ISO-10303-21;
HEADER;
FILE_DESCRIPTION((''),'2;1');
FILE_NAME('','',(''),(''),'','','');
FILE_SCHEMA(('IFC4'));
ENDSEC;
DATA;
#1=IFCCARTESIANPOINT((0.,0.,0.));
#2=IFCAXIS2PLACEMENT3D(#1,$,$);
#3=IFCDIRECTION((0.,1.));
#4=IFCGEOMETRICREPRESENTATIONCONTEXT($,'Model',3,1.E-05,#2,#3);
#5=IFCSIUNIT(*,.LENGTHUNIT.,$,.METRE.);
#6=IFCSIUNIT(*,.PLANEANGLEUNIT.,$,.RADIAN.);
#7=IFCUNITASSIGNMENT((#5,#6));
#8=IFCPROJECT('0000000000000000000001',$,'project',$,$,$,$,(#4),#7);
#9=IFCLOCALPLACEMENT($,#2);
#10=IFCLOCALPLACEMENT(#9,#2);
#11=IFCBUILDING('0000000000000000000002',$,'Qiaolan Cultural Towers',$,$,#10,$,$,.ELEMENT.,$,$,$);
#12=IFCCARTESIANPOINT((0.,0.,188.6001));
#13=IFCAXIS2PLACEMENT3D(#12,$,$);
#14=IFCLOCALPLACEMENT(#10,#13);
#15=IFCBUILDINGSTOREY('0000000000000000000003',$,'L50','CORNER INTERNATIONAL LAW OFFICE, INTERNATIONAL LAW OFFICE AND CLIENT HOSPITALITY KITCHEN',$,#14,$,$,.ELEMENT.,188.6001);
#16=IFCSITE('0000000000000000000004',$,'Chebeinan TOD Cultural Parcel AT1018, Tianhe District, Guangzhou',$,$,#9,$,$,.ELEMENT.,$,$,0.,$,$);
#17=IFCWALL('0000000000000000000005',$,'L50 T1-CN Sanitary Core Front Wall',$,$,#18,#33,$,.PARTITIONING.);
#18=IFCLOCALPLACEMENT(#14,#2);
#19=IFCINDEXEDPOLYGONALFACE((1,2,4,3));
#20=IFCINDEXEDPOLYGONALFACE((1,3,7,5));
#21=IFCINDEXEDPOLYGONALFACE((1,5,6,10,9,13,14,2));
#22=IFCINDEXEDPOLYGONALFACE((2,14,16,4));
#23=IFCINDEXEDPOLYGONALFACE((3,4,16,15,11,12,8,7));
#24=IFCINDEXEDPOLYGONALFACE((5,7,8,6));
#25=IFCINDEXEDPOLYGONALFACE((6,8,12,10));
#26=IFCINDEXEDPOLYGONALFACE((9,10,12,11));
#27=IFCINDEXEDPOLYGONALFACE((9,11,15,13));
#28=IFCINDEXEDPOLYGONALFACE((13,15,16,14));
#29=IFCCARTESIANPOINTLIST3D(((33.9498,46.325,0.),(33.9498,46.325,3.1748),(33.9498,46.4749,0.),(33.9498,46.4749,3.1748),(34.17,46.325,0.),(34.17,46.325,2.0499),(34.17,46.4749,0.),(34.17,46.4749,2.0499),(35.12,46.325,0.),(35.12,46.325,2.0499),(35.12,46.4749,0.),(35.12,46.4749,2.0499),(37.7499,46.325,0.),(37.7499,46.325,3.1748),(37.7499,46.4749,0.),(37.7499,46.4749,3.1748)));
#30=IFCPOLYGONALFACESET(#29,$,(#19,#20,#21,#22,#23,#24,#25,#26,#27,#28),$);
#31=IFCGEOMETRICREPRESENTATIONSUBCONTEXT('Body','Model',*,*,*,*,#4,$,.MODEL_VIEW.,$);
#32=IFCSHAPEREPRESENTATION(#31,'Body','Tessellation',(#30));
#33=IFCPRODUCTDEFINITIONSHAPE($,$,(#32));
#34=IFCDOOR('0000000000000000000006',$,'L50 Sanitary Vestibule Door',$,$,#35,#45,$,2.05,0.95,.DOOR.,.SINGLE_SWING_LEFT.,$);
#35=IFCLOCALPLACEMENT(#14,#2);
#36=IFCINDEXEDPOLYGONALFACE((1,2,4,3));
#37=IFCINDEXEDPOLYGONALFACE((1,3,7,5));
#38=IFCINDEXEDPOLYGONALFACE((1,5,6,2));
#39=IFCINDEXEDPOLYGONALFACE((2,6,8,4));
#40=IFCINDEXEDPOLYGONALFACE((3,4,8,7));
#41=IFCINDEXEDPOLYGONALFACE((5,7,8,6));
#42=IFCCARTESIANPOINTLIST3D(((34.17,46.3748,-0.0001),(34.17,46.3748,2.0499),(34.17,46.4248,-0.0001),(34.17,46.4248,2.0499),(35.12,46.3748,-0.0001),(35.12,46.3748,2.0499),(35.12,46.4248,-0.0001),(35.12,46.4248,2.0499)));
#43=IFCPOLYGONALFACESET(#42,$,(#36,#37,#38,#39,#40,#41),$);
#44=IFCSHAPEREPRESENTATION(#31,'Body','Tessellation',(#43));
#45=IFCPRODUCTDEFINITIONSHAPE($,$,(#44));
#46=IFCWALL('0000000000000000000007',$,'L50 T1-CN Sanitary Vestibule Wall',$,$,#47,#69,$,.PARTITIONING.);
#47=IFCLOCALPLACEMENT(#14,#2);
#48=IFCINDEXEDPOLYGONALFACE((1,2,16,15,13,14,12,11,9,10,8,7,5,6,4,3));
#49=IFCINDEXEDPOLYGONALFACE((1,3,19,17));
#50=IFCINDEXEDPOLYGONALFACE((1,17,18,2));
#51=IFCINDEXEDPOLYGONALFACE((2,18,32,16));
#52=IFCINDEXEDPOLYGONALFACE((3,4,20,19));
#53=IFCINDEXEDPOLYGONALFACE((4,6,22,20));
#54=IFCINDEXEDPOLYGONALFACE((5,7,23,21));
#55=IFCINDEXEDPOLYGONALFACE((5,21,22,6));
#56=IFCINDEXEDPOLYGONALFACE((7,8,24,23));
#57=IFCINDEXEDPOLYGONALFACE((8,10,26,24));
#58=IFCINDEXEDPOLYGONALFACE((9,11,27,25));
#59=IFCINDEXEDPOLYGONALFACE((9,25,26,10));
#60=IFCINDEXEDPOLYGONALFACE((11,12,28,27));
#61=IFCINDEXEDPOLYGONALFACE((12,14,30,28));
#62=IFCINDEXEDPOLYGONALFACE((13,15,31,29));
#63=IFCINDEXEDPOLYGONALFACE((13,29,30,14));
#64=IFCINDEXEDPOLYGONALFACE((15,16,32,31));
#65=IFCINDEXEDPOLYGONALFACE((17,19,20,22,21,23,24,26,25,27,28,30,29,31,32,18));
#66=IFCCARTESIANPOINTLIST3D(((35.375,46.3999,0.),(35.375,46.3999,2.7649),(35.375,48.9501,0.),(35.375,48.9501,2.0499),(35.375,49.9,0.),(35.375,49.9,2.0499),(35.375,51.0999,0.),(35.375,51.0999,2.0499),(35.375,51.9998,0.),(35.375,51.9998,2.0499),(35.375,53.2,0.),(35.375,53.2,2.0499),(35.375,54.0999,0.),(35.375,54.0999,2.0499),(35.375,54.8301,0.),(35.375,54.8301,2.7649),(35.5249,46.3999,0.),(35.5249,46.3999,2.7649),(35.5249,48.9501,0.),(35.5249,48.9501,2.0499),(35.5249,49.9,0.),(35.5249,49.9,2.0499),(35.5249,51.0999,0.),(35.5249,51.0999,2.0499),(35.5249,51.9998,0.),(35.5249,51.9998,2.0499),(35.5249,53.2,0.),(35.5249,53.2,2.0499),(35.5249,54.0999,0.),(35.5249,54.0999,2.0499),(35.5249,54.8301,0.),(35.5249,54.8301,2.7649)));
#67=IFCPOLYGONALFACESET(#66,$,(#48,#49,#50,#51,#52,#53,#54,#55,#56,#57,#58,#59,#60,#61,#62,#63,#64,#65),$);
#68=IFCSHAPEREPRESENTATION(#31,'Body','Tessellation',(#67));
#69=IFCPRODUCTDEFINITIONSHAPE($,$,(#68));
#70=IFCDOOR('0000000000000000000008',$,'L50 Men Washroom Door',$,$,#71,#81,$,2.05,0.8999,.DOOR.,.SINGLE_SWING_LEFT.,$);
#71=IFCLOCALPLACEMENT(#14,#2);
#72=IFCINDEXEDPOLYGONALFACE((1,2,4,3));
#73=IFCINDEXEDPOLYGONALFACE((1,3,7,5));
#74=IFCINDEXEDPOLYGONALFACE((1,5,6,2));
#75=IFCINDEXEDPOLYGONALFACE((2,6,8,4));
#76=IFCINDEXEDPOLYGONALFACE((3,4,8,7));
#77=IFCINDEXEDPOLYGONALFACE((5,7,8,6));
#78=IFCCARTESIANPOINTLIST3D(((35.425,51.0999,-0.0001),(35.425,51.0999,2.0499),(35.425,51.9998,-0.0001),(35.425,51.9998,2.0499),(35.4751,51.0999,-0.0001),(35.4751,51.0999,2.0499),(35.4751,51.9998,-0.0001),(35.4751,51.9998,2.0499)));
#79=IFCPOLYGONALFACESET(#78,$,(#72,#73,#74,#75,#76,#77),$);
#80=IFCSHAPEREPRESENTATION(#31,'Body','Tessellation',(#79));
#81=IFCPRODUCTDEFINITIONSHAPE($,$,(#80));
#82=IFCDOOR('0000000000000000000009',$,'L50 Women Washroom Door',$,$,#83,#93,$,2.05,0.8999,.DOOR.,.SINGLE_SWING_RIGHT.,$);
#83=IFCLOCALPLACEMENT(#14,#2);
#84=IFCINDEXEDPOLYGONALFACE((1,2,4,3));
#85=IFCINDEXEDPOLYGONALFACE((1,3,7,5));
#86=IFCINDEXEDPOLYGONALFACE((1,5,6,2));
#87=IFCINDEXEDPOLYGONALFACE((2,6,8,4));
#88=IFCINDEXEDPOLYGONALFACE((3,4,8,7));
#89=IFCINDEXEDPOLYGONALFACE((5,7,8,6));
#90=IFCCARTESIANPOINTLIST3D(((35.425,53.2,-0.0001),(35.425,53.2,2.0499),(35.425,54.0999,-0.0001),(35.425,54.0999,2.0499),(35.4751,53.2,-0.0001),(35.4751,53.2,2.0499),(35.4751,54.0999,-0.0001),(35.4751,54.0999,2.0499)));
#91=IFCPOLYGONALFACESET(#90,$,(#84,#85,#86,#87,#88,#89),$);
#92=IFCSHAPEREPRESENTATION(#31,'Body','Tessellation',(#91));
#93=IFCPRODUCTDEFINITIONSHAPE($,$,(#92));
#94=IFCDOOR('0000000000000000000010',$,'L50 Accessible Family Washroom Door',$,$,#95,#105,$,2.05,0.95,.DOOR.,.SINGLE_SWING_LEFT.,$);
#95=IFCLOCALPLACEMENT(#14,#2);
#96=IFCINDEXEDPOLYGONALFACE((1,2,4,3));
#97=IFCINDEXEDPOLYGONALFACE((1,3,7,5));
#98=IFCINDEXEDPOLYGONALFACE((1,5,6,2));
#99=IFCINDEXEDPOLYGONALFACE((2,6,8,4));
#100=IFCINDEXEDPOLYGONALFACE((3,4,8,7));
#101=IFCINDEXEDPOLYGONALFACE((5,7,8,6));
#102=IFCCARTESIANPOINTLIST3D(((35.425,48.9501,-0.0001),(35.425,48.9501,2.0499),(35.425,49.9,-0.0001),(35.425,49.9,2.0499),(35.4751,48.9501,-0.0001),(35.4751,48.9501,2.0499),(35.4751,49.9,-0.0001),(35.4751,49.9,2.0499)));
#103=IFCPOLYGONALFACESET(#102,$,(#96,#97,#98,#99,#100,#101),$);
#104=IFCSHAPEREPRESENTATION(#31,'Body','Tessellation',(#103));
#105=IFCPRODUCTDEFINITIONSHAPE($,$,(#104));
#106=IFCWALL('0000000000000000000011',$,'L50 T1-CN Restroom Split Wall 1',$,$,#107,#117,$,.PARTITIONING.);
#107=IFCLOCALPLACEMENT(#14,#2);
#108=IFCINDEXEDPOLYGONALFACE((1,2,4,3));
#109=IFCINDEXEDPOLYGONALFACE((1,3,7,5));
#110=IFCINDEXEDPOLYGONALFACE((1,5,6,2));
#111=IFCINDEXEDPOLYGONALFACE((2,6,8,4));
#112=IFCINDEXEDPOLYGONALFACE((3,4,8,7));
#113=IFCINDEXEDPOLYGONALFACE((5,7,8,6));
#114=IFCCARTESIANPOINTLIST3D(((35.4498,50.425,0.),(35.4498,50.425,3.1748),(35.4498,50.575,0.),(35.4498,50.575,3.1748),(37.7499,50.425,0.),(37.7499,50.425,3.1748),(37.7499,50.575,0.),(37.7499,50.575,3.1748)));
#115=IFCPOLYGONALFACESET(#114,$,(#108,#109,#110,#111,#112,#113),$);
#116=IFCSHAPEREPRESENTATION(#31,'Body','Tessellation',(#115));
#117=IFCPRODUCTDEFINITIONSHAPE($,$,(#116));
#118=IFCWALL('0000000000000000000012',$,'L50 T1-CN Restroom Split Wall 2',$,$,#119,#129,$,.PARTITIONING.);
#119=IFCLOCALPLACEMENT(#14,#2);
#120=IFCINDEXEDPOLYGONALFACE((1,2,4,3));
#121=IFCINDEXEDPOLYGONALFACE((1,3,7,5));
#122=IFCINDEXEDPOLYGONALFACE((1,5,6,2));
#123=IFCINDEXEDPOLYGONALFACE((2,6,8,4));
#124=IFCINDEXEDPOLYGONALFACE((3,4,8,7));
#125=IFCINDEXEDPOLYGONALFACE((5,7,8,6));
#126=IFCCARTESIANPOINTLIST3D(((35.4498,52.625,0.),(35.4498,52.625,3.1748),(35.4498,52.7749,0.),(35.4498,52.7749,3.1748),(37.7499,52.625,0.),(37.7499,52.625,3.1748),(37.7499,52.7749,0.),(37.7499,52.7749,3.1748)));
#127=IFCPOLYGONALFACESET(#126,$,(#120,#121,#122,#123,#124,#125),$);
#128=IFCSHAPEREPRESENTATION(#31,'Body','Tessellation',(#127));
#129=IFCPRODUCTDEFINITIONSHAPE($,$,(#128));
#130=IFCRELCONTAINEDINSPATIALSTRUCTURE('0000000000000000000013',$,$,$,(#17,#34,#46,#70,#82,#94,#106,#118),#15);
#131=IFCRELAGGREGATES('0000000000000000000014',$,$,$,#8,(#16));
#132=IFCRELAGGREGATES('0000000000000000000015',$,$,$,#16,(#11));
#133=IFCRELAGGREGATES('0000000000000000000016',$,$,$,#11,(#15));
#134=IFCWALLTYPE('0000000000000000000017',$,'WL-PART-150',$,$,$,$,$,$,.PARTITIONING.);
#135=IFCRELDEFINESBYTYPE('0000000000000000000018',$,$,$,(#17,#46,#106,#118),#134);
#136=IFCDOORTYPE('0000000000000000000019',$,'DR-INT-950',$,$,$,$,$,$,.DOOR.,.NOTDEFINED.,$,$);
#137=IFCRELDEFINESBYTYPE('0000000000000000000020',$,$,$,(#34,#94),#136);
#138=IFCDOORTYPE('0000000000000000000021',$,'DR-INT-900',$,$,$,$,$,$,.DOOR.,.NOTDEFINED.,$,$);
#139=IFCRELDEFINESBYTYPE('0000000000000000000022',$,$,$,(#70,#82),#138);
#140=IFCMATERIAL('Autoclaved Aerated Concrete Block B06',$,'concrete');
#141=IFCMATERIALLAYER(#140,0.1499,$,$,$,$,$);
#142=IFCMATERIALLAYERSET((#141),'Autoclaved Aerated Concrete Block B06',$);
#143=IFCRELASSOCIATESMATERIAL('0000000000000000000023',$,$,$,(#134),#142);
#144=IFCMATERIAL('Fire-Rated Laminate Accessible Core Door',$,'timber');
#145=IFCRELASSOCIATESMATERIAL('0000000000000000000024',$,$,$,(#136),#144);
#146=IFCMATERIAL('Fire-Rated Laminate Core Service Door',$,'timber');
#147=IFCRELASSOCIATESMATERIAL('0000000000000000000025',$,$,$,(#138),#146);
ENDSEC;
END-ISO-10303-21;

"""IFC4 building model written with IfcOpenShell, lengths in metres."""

from ifc_helpers import new_model, si_unit, direction, frame, frame_2d, origin, place, context, subcontext, project, spatial, rectangle, extrude, material, layer, layer_set, type_object, element, fill, save


model = new_model("IFC4")

# Units and contexts
model_context = context("Model", 3, precision=1e-05, world=origin(), true_north=direction((0.0, 1.0)))
body_context = subcontext(model_context, "Body", "Model", "MODEL_VIEW")
ifc_project = project(units=[si_unit("LENGTHUNIT", "METRE"), si_unit("PLANEANGLEUNIT", "RADIAN")], contexts=[model_context])

# Site, building, storey
site_placement = place(None, origin())
site = spatial("IfcSite", under=ifc_project, at=site_placement, Name="Chebeinan TOD Cultural Parcel AT1018, Tianhe District, Guangzhou", CompositionType="ELEMENT", RefElevation=0.0)
building_placement = place(site_placement, origin())
building = spatial("IfcBuilding", under=site, at=building_placement, Name="Qiaolan Cultural Towers", CompositionType="ELEMENT")
storey_placement = place(building_placement, frame((0.0, 0.0, 188.6001)))
storey = spatial("IfcBuildingStorey", under=building, at=storey_placement, Name="L50", Description="CORNER INTERNATIONAL LAW OFFICE, INTERNATIONAL LAW OFFICE AND CLIENT HOSPITALITY KITCHEN", CompositionType="ELEMENT", Elevation=188.6001)

# Wall, opening, door
ifc_material_1 = material(Name="Autoclaved Aerated Concrete Block B06", Category="concrete")
ifc_layer_1 = layer(ifc_material_1, 0.1499)
ifc_layer_set_1 = layer_set([ifc_layer_1], Name="Autoclaved Aerated Concrete Block B06")
wall_type_1 = type_object("IfcWallType", Name="WL-PART-150", PredefinedType="PARTITIONING", material=ifc_layer_set_1)
wall_1_placement = place(storey_placement, frame((33.95, 46.3999, 0.0), z_axis=(0.0, 0.0, 1.0), x_axis=(1.0, 0.0, 0.0)))
wall_1 = element("IfcWall", 1, at=wall_1_placement, inside=storey, type_object=wall_type_1, Name="L50 T1-CN Sanitary Core Front Wall", PredefinedType="PARTITIONING", context=body_context, shape_type="SweptSolid", body=[
    extrude(rectangle(XDim=3.8, YDim=0.1499, at=frame_2d((1.8999, 0.0))), origin(), (0.0, 0.0, 1.0), 3.1748),
])
opening_1_placement = place(wall_1_placement, frame((0.22, 0.0, 0.0)))
opening_1 = element("IfcOpeningElement", 2, at=opening_1_placement, cuts=wall_1, PredefinedType="OPENING", context=body_context, shape_type="SweptSolid", body=[
    extrude(rectangle(XDim=0.95, YDim=2.05, at=frame_2d((0.4751, 1.0249))), frame((0.0, 0.085, 0.0), z_axis=(0.0, -1.0, 0.0), x_axis=(1.0, 0.0, 0.0)), (0.0, 0.0, 1.0), 0.1699),
])
ifc_material_2 = material(Name="Fire-Rated Laminate Accessible Core Door", Category="timber")
door_type_1 = type_object("IfcDoorType", Name="DR-INT-950", OperationType="NOTDEFINED", PredefinedType="DOOR", material=ifc_material_2)
door_1_placement = place(opening_1_placement, origin())
door_1 = element("IfcDoor", 3, at=door_1_placement, inside=storey, type_object=door_type_1, Name="L50 Sanitary Vestibule Door", OperationType="SINGLE_SWING_LEFT", OverallHeight=2.05, OverallWidth=0.95, PredefinedType="DOOR", context=body_context, shape_type="SweptSolid", body=[
    extrude(rectangle(XDim=0.95, YDim=2.05, at=frame_2d((0.4751, 1.0249))), frame((0.0, 0.0249, 0.0), z_axis=(0.0, -1.0, 0.0), x_axis=(1.0, 0.0, 0.0)), (0.0, 0.0, 1.0), 0.05),
])
fill(opening_1, door_1)

# Wall, openings, doors
wall_2_placement = place(storey_placement, frame((35.45, 46.3999, 0.0), z_axis=(0.0, 0.0, 1.0), x_axis=(0.0, 1.0, 0.0)))
wall_2 = element("IfcWall", 4, at=wall_2_placement, inside=storey, type_object=wall_type_1, Name="L50 T1-CN Sanitary Vestibule Wall", PredefinedType="PARTITIONING", context=body_context, shape_type="SweptSolid", body=[
    extrude(rectangle(XDim=8.4302, YDim=0.1499, at=frame_2d((4.2151, 0.0))), origin(), (0.0, 0.0, 1.0), 2.7649),
])
opening_2_placement = place(wall_2_placement, frame((2.55, 0.0, 0.0)))
opening_2 = element("IfcOpeningElement", 5, at=opening_2_placement, cuts=wall_2, PredefinedType="OPENING", context=body_context, shape_type="SweptSolid", body=[
    extrude(rectangle(XDim=0.95, YDim=2.05, at=frame_2d((0.4751, 1.0249))), frame((0.0, 0.085, 0.0), z_axis=(0.0, -1.0, 0.0), x_axis=(1.0, 0.0, 0.0)), (0.0, 0.0, 1.0), 0.1699),
])
opening_3_placement = place(wall_2_placement, frame((4.7, 0.0, 0.0)))
opening_3 = element("IfcOpeningElement", 6, at=opening_3_placement, cuts=wall_2, PredefinedType="OPENING", context=body_context, shape_type="SweptSolid", body=[
    extrude(rectangle(XDim=0.8999, YDim=2.05, at=frame_2d((0.45, 1.0249))), frame((0.0, 0.085, 0.0), z_axis=(0.0, -1.0, 0.0), x_axis=(1.0, 0.0, 0.0)), (0.0, 0.0, 1.0), 0.1699),
])
opening_4_placement = place(wall_2_placement, frame((6.8, 0.0, 0.0)))
opening_4 = element("IfcOpeningElement", 7, at=opening_4_placement, cuts=wall_2, PredefinedType="OPENING", context=body_context, shape_type="SweptSolid", body=[
    extrude(rectangle(XDim=0.8999, YDim=2.05, at=frame_2d((0.45, 1.0249))), frame((0.0, 0.085, 0.0), z_axis=(0.0, -1.0, 0.0), x_axis=(1.0, 0.0, 0.0)), (0.0, 0.0, 1.0), 0.1699),
])
ifc_material_3 = material(Name="Fire-Rated Laminate Core Service Door", Category="timber")
door_type_2 = type_object("IfcDoorType", Name="DR-INT-900", OperationType="NOTDEFINED", PredefinedType="DOOR", material=ifc_material_3)
door_2_placement = place(opening_3_placement, origin())
door_2 = element("IfcDoor", 8, at=door_2_placement, inside=storey, type_object=door_type_2, Name="L50 Men Washroom Door", OperationType="SINGLE_SWING_LEFT", OverallHeight=2.05, OverallWidth=0.8999, PredefinedType="DOOR", context=body_context, shape_type="SweptSolid", body=[
    extrude(rectangle(XDim=0.8999, YDim=2.05, at=frame_2d((0.45, 1.0249))), frame((0.0, 0.0249, 0.0), z_axis=(0.0, -1.0, 0.0), x_axis=(1.0, 0.0, 0.0)), (0.0, 0.0, 1.0), 0.05),
])
fill(opening_3, door_2)
door_3_placement = place(opening_4_placement, origin())
door_3 = element("IfcDoor", 9, at=door_3_placement, inside=storey, type_object=door_type_2, Name="L50 Women Washroom Door", OperationType="SINGLE_SWING_RIGHT", OverallHeight=2.05, OverallWidth=0.8999, PredefinedType="DOOR", context=body_context, shape_type="SweptSolid", body=[
    extrude(rectangle(XDim=0.8999, YDim=2.05, at=frame_2d((0.45, 1.0249))), frame((0.0, 0.0249, 0.0), z_axis=(0.0, -1.0, 0.0), x_axis=(1.0, 0.0, 0.0)), (0.0, 0.0, 1.0), 0.05),
])
fill(opening_4, door_3)
door_4_placement = place(opening_2_placement, origin())
door_4 = element("IfcDoor", 10, at=door_4_placement, inside=storey, type_object=door_type_1, Name="L50 Accessible Family Washroom Door", OperationType="SINGLE_SWING_LEFT", OverallHeight=2.05, OverallWidth=0.95, PredefinedType="DOOR", context=body_context, shape_type="SweptSolid", body=[
    extrude(rectangle(XDim=0.95, YDim=2.05, at=frame_2d((0.4751, 1.0249))), frame((0.0, 0.0249, 0.0), z_axis=(0.0, -1.0, 0.0), x_axis=(1.0, 0.0, 0.0)), (0.0, 0.0, 1.0), 0.05),
])
fill(opening_2, door_4)

# Walls
for number, where, z_axis, x_axis, name in (
    (11, (35.45, 50.5, 0.0), (0.0, 0.0, 1.0), (1.0, 0.0, 0.0), "L50 T1-CN Restroom Split Wall 1"),
    (12, (35.45, 52.7, 0.0), (0.0, 0.0, 1.0), (1.0, 0.0, 0.0), "L50 T1-CN Restroom Split Wall 2"),
):
    element("IfcWall", number, at=place(storey_placement, frame(where, z_axis=z_axis, x_axis=x_axis)), inside=storey, type_object=wall_type_1, Name=name, PredefinedType="PARTITIONING", context=body_context, shape_type="SweptSolid", body=[
        extrude(rectangle(XDim=2.3, YDim=0.1499, at=frame_2d((1.1499, 0.0))), origin(), (0.0, 0.0, 1.0), 3.1748),
    ])

save(model, "model.ifc")
